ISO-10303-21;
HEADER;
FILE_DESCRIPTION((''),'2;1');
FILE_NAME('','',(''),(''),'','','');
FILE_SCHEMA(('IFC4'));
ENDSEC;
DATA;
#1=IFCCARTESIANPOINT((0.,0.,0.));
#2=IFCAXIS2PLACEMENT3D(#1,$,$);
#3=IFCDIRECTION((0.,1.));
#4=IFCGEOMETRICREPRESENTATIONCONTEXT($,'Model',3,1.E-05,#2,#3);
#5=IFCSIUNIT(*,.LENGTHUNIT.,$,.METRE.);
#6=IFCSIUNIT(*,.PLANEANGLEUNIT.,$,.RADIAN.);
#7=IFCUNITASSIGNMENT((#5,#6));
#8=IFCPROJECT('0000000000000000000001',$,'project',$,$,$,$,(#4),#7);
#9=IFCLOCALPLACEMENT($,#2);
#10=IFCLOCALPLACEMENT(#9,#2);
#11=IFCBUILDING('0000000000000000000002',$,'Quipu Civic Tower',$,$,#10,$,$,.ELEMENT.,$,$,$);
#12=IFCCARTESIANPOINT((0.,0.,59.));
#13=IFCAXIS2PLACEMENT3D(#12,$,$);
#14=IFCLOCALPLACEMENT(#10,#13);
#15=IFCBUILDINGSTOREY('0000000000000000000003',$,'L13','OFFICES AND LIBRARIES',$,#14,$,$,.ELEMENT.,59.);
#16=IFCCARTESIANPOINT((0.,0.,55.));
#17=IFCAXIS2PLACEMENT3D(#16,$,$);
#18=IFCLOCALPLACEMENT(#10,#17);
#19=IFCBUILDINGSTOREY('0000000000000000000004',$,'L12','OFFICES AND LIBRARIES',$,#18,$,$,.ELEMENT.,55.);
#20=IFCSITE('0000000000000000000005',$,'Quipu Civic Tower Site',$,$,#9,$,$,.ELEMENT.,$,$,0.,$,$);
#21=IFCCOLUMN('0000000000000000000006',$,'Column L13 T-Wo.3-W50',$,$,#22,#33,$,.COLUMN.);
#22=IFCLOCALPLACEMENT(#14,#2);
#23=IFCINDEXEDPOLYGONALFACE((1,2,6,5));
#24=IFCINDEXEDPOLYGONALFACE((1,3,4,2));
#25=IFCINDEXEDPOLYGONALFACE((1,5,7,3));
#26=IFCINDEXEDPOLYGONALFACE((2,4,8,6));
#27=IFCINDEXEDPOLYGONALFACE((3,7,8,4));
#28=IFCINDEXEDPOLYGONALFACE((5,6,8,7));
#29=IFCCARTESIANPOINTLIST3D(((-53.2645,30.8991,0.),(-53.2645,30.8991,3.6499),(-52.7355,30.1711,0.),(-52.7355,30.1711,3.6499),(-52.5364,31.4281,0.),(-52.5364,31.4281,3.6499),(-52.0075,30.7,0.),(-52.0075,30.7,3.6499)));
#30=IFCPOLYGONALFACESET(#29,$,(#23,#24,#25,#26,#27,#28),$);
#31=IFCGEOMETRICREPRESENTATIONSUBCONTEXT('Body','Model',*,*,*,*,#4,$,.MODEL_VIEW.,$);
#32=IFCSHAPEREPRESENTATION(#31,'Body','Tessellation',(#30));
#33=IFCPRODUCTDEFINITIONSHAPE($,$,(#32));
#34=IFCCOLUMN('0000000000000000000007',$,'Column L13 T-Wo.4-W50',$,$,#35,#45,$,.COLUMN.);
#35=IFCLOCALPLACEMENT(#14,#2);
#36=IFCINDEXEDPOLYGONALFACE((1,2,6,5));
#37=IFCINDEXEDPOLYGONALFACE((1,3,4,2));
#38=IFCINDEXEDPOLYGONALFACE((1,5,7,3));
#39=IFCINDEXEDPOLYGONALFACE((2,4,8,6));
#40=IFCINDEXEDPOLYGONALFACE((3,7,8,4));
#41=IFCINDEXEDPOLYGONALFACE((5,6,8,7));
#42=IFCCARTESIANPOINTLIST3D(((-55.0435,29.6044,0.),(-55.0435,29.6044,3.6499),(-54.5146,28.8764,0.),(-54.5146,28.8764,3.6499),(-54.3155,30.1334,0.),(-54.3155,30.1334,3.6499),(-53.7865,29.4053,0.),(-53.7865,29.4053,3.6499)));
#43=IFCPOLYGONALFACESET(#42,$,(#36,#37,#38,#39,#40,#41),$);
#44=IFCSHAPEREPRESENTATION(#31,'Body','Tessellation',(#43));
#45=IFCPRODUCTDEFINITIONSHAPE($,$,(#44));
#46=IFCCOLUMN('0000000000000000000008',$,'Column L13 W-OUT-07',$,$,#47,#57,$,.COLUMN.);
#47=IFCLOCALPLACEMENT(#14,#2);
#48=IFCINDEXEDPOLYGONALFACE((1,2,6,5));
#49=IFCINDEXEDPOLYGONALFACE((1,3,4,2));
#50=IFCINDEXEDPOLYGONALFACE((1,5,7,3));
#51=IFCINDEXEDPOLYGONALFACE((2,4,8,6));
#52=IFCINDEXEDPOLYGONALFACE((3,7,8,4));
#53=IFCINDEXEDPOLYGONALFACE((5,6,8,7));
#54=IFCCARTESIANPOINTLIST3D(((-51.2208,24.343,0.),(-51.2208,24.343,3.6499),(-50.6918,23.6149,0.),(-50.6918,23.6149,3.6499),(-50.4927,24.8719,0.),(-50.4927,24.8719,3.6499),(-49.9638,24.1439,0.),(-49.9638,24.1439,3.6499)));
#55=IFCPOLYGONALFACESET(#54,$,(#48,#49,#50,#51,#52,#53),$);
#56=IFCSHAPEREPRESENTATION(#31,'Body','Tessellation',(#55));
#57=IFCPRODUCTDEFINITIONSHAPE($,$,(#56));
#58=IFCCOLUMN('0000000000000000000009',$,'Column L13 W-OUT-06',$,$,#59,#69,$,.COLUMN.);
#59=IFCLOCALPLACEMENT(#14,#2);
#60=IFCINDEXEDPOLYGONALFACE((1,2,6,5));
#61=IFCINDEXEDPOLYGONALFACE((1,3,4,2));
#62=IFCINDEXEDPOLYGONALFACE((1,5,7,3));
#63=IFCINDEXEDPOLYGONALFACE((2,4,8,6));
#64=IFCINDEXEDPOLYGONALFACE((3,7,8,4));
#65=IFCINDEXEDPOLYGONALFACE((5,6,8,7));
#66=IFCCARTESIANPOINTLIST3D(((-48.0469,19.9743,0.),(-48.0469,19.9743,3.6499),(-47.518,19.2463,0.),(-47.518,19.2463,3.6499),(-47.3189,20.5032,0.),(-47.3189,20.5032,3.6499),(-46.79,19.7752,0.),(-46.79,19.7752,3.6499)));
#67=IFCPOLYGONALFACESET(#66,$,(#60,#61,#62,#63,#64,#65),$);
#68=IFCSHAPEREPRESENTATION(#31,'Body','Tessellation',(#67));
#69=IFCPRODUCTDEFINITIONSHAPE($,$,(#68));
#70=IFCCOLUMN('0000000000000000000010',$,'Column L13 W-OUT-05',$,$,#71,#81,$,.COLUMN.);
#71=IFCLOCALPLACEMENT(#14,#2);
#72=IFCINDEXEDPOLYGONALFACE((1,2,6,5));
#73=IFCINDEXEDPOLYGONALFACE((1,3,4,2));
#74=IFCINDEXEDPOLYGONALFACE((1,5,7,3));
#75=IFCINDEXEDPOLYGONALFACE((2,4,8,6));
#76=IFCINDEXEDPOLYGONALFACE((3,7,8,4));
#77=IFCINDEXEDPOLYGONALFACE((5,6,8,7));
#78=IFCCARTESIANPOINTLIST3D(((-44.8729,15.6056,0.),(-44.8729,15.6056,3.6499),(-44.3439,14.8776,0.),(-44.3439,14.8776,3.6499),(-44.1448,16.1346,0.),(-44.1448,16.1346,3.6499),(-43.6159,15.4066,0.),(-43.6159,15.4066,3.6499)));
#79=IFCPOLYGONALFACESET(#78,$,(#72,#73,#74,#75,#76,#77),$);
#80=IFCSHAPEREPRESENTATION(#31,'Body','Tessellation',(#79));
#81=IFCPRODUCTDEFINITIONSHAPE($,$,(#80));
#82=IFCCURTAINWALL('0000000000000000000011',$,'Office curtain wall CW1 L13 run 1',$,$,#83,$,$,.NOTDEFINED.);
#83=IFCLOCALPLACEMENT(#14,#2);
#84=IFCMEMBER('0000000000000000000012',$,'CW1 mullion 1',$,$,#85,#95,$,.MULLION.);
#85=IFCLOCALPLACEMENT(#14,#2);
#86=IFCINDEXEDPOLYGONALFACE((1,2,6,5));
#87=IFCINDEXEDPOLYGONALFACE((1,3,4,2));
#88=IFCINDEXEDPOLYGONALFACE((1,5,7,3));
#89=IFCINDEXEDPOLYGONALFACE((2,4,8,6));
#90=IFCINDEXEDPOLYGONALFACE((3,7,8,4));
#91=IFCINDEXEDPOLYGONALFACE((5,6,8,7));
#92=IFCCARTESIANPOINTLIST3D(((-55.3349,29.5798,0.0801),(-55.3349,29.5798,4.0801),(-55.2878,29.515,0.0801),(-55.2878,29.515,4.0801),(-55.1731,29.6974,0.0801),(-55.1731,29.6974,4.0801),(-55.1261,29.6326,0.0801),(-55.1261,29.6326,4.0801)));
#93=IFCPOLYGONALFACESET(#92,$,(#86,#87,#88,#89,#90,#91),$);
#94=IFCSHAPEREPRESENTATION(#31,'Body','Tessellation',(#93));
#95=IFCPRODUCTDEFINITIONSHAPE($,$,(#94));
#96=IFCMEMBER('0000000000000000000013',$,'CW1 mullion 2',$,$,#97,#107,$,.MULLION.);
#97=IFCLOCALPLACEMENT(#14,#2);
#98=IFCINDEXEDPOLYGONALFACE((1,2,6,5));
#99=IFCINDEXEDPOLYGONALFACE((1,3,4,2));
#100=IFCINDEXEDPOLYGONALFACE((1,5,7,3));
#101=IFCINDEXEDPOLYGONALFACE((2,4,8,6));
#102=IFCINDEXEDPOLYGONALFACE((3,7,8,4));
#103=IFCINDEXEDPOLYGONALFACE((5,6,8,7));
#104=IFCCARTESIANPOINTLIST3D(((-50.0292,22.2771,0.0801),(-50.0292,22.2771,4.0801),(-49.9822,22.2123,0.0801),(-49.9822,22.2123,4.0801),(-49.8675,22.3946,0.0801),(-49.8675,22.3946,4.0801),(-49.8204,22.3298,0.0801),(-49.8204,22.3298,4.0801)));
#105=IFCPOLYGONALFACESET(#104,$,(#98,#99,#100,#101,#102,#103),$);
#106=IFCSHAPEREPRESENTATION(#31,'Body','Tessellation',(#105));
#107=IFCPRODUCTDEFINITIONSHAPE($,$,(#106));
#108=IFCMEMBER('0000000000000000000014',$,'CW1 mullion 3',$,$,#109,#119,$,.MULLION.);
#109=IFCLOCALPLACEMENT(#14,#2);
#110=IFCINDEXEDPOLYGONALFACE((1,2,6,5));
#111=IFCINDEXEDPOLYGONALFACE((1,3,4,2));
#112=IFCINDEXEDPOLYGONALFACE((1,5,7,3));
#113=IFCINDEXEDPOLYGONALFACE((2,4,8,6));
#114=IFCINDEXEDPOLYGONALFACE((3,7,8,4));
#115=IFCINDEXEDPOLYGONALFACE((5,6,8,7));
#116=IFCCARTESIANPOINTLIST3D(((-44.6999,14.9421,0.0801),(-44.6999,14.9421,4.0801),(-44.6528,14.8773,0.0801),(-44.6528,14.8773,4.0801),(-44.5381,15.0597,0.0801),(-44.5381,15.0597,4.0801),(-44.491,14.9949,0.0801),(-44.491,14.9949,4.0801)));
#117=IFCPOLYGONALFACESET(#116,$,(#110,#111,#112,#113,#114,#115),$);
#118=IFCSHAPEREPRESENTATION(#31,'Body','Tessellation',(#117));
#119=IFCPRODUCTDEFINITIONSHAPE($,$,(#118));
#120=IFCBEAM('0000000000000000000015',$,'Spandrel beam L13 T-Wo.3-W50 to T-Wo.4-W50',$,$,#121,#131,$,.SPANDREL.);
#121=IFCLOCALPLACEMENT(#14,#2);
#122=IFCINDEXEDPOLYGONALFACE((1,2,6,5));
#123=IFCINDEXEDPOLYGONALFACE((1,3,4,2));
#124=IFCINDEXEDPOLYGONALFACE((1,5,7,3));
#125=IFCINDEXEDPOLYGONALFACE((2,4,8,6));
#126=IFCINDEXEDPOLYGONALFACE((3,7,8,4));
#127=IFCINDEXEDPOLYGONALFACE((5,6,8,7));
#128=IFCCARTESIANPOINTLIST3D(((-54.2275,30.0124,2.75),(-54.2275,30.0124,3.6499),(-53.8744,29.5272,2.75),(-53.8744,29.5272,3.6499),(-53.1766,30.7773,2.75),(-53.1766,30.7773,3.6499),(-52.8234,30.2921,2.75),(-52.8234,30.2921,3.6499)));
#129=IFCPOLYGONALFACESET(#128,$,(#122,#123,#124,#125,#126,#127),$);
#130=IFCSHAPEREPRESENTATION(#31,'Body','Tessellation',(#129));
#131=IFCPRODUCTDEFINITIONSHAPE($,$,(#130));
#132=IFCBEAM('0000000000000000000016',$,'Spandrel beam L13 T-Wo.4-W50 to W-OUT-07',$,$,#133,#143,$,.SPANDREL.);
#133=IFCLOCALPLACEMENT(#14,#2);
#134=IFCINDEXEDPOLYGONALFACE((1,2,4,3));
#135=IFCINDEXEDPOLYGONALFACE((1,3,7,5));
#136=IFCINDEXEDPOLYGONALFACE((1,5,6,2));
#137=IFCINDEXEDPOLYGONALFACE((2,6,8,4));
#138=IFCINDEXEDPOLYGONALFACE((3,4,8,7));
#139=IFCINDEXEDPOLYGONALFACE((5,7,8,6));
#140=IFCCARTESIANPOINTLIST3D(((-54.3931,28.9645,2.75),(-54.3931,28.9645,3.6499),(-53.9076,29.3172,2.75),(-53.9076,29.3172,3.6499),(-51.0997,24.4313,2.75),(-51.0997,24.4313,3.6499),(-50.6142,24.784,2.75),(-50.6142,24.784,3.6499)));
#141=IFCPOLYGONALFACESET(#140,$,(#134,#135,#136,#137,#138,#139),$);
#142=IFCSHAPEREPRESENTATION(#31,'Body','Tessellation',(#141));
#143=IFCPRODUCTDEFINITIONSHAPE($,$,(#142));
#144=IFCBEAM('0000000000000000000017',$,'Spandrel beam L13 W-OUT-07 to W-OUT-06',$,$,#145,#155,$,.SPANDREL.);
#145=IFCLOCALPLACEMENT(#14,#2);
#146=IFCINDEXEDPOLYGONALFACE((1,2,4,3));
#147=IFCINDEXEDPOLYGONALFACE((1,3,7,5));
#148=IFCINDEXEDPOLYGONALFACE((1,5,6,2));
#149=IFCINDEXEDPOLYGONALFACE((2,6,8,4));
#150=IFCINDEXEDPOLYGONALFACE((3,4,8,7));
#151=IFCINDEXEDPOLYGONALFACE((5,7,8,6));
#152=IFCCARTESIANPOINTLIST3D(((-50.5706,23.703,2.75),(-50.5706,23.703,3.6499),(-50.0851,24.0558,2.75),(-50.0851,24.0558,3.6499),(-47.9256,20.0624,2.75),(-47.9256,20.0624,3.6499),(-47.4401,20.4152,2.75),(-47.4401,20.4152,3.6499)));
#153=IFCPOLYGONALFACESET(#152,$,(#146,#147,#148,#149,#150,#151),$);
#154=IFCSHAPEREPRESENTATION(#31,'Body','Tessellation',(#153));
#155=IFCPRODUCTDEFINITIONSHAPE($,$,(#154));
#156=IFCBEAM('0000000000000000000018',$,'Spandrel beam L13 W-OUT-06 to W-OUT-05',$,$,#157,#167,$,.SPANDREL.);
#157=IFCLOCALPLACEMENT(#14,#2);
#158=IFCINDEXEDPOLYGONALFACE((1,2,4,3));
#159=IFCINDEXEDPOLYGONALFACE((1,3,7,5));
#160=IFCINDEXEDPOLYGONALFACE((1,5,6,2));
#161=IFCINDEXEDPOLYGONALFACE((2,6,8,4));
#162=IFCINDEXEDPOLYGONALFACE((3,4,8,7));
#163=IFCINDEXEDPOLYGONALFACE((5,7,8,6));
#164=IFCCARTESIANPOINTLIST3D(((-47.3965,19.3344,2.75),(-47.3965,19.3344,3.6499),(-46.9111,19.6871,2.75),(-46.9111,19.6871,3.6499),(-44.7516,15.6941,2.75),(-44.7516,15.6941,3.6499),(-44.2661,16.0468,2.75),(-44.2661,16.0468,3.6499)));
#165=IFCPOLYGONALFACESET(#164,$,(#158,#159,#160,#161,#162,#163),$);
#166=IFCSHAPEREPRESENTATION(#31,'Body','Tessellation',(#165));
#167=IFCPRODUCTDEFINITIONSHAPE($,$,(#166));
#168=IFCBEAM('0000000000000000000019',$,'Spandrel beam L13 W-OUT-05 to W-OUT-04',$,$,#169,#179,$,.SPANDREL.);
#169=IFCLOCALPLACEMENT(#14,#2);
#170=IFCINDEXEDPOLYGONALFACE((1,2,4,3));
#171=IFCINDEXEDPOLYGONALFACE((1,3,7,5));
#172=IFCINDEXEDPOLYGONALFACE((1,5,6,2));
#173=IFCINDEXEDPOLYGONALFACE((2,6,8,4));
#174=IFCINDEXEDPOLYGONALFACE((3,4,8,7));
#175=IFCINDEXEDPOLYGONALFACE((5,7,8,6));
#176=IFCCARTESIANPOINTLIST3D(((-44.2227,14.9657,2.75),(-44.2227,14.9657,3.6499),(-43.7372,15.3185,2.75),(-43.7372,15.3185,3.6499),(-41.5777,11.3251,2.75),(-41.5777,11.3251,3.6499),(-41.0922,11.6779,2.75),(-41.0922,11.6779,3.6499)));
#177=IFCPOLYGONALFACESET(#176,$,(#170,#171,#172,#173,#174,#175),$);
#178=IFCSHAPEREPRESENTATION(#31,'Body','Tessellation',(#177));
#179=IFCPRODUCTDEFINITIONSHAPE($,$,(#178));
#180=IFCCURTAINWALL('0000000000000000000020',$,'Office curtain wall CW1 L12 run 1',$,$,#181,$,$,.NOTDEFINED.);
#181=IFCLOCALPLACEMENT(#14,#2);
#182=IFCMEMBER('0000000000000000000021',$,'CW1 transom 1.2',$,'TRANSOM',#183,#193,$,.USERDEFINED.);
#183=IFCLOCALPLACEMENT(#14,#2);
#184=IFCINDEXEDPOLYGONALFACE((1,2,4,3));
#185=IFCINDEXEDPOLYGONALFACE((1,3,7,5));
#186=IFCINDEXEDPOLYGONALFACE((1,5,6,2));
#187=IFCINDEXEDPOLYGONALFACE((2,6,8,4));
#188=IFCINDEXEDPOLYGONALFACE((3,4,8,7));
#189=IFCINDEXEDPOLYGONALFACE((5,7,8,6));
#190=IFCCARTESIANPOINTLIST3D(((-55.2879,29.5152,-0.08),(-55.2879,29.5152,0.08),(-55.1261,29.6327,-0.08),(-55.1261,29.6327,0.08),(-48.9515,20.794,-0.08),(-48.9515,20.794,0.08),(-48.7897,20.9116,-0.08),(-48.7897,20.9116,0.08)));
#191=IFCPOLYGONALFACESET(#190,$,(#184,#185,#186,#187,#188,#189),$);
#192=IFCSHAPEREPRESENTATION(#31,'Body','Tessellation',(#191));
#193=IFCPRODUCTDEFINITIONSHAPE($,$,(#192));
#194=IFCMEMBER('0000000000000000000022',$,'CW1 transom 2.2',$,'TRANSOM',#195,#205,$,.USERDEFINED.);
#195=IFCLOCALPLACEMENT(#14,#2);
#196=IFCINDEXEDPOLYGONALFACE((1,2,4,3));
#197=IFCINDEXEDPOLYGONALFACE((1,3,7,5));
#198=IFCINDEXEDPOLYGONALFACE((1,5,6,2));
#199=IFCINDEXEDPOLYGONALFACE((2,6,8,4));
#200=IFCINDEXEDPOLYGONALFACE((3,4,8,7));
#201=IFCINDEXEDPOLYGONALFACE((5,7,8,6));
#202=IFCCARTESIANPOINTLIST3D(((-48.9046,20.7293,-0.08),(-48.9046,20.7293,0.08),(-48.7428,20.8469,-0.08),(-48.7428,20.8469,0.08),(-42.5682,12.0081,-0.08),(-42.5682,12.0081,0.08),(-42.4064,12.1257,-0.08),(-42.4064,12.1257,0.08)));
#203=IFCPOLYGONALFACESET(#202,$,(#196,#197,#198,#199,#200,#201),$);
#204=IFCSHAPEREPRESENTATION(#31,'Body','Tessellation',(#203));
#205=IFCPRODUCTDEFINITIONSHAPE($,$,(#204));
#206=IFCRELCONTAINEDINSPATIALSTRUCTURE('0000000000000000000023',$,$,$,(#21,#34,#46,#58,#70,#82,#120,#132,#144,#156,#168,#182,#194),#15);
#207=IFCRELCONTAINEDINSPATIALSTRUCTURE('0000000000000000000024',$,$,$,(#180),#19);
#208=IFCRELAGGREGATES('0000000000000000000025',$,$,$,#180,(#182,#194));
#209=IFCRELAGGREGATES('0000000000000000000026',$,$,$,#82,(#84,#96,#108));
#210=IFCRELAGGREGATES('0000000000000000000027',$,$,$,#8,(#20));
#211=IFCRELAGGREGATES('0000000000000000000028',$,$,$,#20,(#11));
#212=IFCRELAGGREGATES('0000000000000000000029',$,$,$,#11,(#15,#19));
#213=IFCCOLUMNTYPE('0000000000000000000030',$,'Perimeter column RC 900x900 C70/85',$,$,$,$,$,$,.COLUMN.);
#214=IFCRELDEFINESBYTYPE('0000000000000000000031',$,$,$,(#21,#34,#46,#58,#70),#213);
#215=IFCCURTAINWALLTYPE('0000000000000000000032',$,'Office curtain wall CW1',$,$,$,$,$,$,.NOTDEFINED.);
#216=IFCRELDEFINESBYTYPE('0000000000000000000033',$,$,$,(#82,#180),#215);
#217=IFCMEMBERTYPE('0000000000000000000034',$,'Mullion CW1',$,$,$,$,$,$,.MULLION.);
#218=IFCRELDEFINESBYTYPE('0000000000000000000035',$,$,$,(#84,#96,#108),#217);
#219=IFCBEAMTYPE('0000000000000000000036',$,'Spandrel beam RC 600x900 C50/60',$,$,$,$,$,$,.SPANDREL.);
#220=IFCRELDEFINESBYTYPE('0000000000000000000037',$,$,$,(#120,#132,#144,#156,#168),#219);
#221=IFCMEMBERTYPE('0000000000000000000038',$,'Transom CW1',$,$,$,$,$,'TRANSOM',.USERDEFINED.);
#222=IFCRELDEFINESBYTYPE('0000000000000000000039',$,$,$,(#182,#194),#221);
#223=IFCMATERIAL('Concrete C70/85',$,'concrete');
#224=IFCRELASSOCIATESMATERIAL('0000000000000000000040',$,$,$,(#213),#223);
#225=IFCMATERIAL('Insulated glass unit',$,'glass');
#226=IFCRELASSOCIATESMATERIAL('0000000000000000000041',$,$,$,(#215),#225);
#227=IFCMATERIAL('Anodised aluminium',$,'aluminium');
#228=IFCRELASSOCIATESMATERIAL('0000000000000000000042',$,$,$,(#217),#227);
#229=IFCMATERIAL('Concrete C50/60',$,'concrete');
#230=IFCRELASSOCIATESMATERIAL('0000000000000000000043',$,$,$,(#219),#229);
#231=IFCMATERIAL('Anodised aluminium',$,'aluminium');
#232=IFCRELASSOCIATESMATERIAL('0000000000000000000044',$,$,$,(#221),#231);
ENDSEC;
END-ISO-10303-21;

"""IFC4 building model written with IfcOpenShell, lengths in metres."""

from ifc_helpers import new_model, si_unit, direction, frame, origin, origin_2d, place, context, subcontext, project, spatial, rectangle, extrude, material, material_profile, profile_set, type_object, element, aggregate, save


model = new_model("IFC4")

# Units and contexts
model_context = context("Model", 3, precision=1e-05, world=origin(), true_north=direction((0.0, 1.0)))
body_context = subcontext(model_context, "Body", "Model", "MODEL_VIEW")
ifc_project = project(units=[si_unit("LENGTHUNIT", "METRE"), si_unit("PLANEANGLEUNIT", "RADIAN")], contexts=[model_context])

# Site, building, storey
site_placement = place(None, origin())
site = spatial("IfcSite", under=ifc_project, at=site_placement, Name="Quipu Civic Tower Site", CompositionType="ELEMENT", RefElevation=0.0)
building_placement = place(site_placement, origin())
building = spatial("IfcBuilding", under=site, at=building_placement, Name="Quipu Civic Tower", CompositionType="ELEMENT")
storey_1_placement = place(building_placement, frame((0.0, 0.0, 59.0)))
storey_1 = spatial("IfcBuildingStorey", under=building, at=storey_1_placement, Name="L13", Description="OFFICES AND LIBRARIES", CompositionType="ELEMENT", Elevation=59.0)

# Columns
ifc_material_1 = material(Name="Concrete C70/85", Category="concrete")
ifc_material_profile_1 = material_profile(ifc_material_1, rectangle(XDim=0.8999, YDim=0.8999, at=origin_2d()), Name="RC900x900")
ifc_profile_set_1 = profile_set([ifc_material_profile_1], Name="Concrete C70/85")
column_type = type_object("IfcColumnType", Name="Perimeter column RC 900x900 C70/85", PredefinedType="COLUMN", material=ifc_profile_set_1)
for number, where, z_axis, x_axis, name in (
    (1, (-52.636, 30.7996, 0.0), (0.0, 0.0, 1.0), (-0.809017, -0.587785, 0.0), "Column L13 T-Wo.3-W50"),
    (2, (-54.415, 29.5049, 0.0), (0.0, 0.0, 1.0), (0.587785, -0.809017, 0.0), "Column L13 T-Wo.4-W50"),
    (3, (-50.5923, 24.2434, 0.0), (0.0, 0.0, 1.0), (0.587785, -0.809017, 0.0), "Column L13 W-OUT-07"),
    (4, (-47.4185, 19.8748, 0.0), (0.0, 0.0, 1.0), (0.587785, -0.809017, 0.0), "Column L13 W-OUT-06"),
    (5, (-44.2444, 15.5061, 0.0), (0.0, 0.0, 1.0), (0.587785, -0.809017, 0.0), "Column L13 W-OUT-05"),
):
    element("IfcColumn", number, at=place(storey_1_placement, frame(where, z_axis=z_axis, x_axis=x_axis)), inside=storey_1, type_object=column_type, Name=name, PredefinedType="COLUMN", context=body_context, shape_type="SweptSolid", body=[
        extrude(rectangle(XDim=0.8999, YDim=0.8999, at=origin_2d()), origin(), (0.0, 0.0, 1.0), 3.6499),
    ])

# Curtain wall, members
ifc_material_2 = material(Name="Insulated glass unit", Category="glass")
curtain_wall_type = type_object("IfcCurtainWallType", Name="Office curtain wall CW1", PredefinedType="NOTDEFINED", material=ifc_material_2)
curtain_wall_1_placement = place(storey_1_placement, origin())
curtain_wall_1 = element("IfcCurtainWall", 6, at=curtain_wall_1_placement, inside=storey_1, type_object=curtain_wall_type, Name="Office curtain wall CW1 L13 run 1", PredefinedType="NOTDEFINED")
ifc_material_3 = material(Name="Anodised aluminium", Category="aluminium")
ifc_material_profile_2 = material_profile(ifc_material_3, rectangle(XDim=0.2, YDim=0.0801, at=origin_2d()), Name="RECT 200x80")
ifc_profile_set_2 = profile_set([ifc_material_profile_2], Name="Anodised aluminium")
member_type_1 = type_object("IfcMemberType", Name="Mullion CW1", PredefinedType="MULLION", material=ifc_profile_set_2)
member_1_placement = place(storey_1_placement, frame((-55.2305, 29.6062, 0.0801), z_axis=(0.0, 0.0, 1.0), x_axis=(0.809015, 0.587787, 0.0)))
member_1 = element("IfcMember", 7, at=member_1_placement, type_object=member_type_1, Name="CW1 mullion 1", PredefinedType="MULLION", context=body_context, shape_type="SweptSolid", body=[
    extrude(rectangle(XDim=0.2, YDim=0.0801, at=origin_2d()), origin(), (0.0, 0.0, 1.0), 4.0),
])
member_2_placement = place(storey_1_placement, frame((-49.9248, 22.3035, 0.0801), z_axis=(0.0, 0.0, 1.0), x_axis=(0.809015, 0.587787, 0.0)))
member_2 = element("IfcMember", 8, at=member_2_placement, type_object=member_type_1, Name="CW1 mullion 2", PredefinedType="MULLION", context=body_context, shape_type="SweptSolid", body=[
    extrude(rectangle(XDim=0.2, YDim=0.0801, at=origin_2d()), origin(), (0.0, 0.0, 1.0), 4.0),
])
member_3_placement = place(storey_1_placement, frame((-44.5955, 14.9685, 0.0801), z_axis=(0.0, 0.0, 1.0), x_axis=(0.809015, 0.587787, 0.0)))
member_3 = element("IfcMember", 9, at=member_3_placement, type_object=member_type_1, Name="CW1 mullion 3", PredefinedType="MULLION", context=body_context, shape_type="SweptSolid", body=[
    extrude(rectangle(XDim=0.2, YDim=0.0801, at=origin_2d()), origin(), (0.0, 0.0, 1.0), 4.0),
])

# Beams
ifc_material_4 = material(Name="Concrete C50/60", Category="concrete")
ifc_material_profile_3 = material_profile(ifc_material_4, rectangle(XDim=0.6001, YDim=0.8999, at=origin_2d()), Name="RC600x900")
ifc_profile_set_3 = profile_set([ifc_material_profile_3], Name="Concrete C50/60")
beam_type = type_object("IfcBeamType", Name="Spandrel beam RC 600x900 C50/60", PredefinedType="SPANDREL", material=ifc_profile_set_3)
beam_1_placement = place(storey_1_placement, frame((-53.0, 30.5347, 3.2), z_axis=(-0.808549, -0.588429, 0.0), x_axis=(0.588429, -0.808549, 0.0)))
element("IfcBeam", 10, at=beam_1_placement, inside=storey_1, type_object=beam_type, Name="Spandrel beam L13 T-Wo.3-W50 to T-Wo.4-W50", PredefinedType="SPANDREL", context=body_context, shape_type="SweptSolid", body=[
    extrude(rectangle(XDim=0.6001, YDim=0.8999, at=origin_2d()), origin(), (0.0, 0.0, 1.0), 1.2998),
])
beam_2_placement = place(storey_1_placement, frame((-54.1504, 29.1409, 3.2), z_axis=(0.587773, -0.809026, 0.0), x_axis=(0.809026, 0.587773, 0.0)))
element("IfcBeam", 11, at=beam_2_placement, inside=storey_1, type_object=beam_type, Name="Spandrel beam L13 T-Wo.4-W50 to W-OUT-07", PredefinedType="SPANDREL", context=body_context, shape_type="SweptSolid", body=[
    extrude(rectangle(XDim=0.6001, YDim=0.8999, at=origin_2d()), origin(), (0.0, 0.0, 1.0), 5.6033),
])
beam_3_placement = place(storey_1_placement, frame((-50.3279, 23.8794, 3.2), z_axis=(0.587778, -0.809022, 0.0), x_axis=(0.809022, 0.587778, 0.0)))
element("IfcBeam", 12, at=beam_3_placement, inside=storey_1, type_object=beam_type, Name="Spandrel beam L13 W-OUT-07 to W-OUT-06", PredefinedType="SPANDREL", context=body_context, shape_type="SweptSolid", body=[
    extrude(rectangle(XDim=0.6001, YDim=0.8999, at=origin_2d()), origin(), (0.0, 0.0, 1.0), 4.5),
])
beam_4_placement = place(storey_1_placement, frame((-47.1538, 19.5107, 3.2), z_axis=(0.587804, -0.809003, 0.0), x_axis=(0.809003, 0.587804, 0.0)))
element("IfcBeam", 13, at=beam_4_placement, inside=storey_1, type_object=beam_type, Name="Spandrel beam L13 W-OUT-06 to W-OUT-05", PredefinedType="SPANDREL", context=body_context, shape_type="SweptSolid", body=[
    extrude(rectangle(XDim=0.6001, YDim=0.8999, at=origin_2d()), origin(), (0.0, 0.0, 1.0), 4.4998),
])
beam_5_placement = place(storey_1_placement, frame((-43.98, 15.1421, 3.2), z_axis=(0.587778, -0.809022, 0.0), x_axis=(0.809022, 0.587778, 0.0)))
element("IfcBeam", 14, at=beam_5_placement, inside=storey_1, type_object=beam_type, Name="Spandrel beam L13 W-OUT-05 to W-OUT-04", PredefinedType="SPANDREL", context=body_context, shape_type="SweptSolid", body=[
    extrude(rectangle(XDim=0.6001, YDim=0.8999, at=origin_2d()), origin(), (0.0, 0.0, 1.0), 4.5),
])

# Shared definitions
storey_2_placement = place(building_placement, frame((0.0, 0.0, 55.0)))
storey_2 = spatial("IfcBuildingStorey", under=building, at=storey_2_placement, Name="L12", Description="OFFICES AND LIBRARIES", CompositionType="ELEMENT", Elevation=55.0)

# Curtain wall, members
curtain_wall_2_placement = place(storey_2_placement, origin())
curtain_wall_2 = element("IfcCurtainWall", 15, at=curtain_wall_2_placement, inside=storey_2, type_object=curtain_wall_type, Name="Office curtain wall CW1 L12 run 1", PredefinedType="NOTDEFINED")
ifc_material_5 = material(Name="Anodised aluminium", Category="aluminium")
ifc_material_profile_4 = material_profile(ifc_material_5, rectangle(XDim=0.2, YDim=0.1599, at=origin_2d()), Name="RECT 200x160")
ifc_profile_set_4 = profile_set([ifc_material_profile_4], Name="Anodised aluminium")
member_type_2 = type_object("IfcMemberType", Name="Transom CW1", ElementType="TRANSOM", PredefinedType="USERDEFINED", material=ifc_profile_set_4)
member_4_placement = place(storey_1_placement, frame((-55.207, 29.574, 0.0), z_axis=(0.587792, -0.809012, 0.0), x_axis=(0.809012, 0.587792, 0.0)))
member_4 = element("IfcMember", 16, at=member_4_placement, inside=storey_1, type_object=member_type_2, Name="CW1 transom 1.2", ObjectType="TRANSOM", PredefinedType="USERDEFINED", context=body_context, shape_type="SweptSolid", body=[
    extrude(rectangle(XDim=0.2, YDim=0.1599, at=origin_2d()), origin(), (0.0, 0.0, 1.0), 10.78),
])
member_5_placement = place(storey_1_placement, frame((-48.8237, 20.7881, 0.0), z_axis=(0.587792, -0.809012, 0.0), x_axis=(0.809012, 0.587792, 0.0)))
member_5 = element("IfcMember", 17, at=member_5_placement, inside=storey_1, type_object=member_type_2, Name="CW1 transom 2.2", ObjectType="TRANSOM", PredefinedType="USERDEFINED", context=body_context, shape_type="SweptSolid", body=[
    extrude(rectangle(XDim=0.2, YDim=0.1599, at=origin_2d()), origin(), (0.0, 0.0, 1.0), 10.78),
])
aggregate(curtain_wall_2, [member_4, member_5])

aggregate(curtain_wall_1, [member_1, member_2, member_3])

save(model, "model.ifc")
